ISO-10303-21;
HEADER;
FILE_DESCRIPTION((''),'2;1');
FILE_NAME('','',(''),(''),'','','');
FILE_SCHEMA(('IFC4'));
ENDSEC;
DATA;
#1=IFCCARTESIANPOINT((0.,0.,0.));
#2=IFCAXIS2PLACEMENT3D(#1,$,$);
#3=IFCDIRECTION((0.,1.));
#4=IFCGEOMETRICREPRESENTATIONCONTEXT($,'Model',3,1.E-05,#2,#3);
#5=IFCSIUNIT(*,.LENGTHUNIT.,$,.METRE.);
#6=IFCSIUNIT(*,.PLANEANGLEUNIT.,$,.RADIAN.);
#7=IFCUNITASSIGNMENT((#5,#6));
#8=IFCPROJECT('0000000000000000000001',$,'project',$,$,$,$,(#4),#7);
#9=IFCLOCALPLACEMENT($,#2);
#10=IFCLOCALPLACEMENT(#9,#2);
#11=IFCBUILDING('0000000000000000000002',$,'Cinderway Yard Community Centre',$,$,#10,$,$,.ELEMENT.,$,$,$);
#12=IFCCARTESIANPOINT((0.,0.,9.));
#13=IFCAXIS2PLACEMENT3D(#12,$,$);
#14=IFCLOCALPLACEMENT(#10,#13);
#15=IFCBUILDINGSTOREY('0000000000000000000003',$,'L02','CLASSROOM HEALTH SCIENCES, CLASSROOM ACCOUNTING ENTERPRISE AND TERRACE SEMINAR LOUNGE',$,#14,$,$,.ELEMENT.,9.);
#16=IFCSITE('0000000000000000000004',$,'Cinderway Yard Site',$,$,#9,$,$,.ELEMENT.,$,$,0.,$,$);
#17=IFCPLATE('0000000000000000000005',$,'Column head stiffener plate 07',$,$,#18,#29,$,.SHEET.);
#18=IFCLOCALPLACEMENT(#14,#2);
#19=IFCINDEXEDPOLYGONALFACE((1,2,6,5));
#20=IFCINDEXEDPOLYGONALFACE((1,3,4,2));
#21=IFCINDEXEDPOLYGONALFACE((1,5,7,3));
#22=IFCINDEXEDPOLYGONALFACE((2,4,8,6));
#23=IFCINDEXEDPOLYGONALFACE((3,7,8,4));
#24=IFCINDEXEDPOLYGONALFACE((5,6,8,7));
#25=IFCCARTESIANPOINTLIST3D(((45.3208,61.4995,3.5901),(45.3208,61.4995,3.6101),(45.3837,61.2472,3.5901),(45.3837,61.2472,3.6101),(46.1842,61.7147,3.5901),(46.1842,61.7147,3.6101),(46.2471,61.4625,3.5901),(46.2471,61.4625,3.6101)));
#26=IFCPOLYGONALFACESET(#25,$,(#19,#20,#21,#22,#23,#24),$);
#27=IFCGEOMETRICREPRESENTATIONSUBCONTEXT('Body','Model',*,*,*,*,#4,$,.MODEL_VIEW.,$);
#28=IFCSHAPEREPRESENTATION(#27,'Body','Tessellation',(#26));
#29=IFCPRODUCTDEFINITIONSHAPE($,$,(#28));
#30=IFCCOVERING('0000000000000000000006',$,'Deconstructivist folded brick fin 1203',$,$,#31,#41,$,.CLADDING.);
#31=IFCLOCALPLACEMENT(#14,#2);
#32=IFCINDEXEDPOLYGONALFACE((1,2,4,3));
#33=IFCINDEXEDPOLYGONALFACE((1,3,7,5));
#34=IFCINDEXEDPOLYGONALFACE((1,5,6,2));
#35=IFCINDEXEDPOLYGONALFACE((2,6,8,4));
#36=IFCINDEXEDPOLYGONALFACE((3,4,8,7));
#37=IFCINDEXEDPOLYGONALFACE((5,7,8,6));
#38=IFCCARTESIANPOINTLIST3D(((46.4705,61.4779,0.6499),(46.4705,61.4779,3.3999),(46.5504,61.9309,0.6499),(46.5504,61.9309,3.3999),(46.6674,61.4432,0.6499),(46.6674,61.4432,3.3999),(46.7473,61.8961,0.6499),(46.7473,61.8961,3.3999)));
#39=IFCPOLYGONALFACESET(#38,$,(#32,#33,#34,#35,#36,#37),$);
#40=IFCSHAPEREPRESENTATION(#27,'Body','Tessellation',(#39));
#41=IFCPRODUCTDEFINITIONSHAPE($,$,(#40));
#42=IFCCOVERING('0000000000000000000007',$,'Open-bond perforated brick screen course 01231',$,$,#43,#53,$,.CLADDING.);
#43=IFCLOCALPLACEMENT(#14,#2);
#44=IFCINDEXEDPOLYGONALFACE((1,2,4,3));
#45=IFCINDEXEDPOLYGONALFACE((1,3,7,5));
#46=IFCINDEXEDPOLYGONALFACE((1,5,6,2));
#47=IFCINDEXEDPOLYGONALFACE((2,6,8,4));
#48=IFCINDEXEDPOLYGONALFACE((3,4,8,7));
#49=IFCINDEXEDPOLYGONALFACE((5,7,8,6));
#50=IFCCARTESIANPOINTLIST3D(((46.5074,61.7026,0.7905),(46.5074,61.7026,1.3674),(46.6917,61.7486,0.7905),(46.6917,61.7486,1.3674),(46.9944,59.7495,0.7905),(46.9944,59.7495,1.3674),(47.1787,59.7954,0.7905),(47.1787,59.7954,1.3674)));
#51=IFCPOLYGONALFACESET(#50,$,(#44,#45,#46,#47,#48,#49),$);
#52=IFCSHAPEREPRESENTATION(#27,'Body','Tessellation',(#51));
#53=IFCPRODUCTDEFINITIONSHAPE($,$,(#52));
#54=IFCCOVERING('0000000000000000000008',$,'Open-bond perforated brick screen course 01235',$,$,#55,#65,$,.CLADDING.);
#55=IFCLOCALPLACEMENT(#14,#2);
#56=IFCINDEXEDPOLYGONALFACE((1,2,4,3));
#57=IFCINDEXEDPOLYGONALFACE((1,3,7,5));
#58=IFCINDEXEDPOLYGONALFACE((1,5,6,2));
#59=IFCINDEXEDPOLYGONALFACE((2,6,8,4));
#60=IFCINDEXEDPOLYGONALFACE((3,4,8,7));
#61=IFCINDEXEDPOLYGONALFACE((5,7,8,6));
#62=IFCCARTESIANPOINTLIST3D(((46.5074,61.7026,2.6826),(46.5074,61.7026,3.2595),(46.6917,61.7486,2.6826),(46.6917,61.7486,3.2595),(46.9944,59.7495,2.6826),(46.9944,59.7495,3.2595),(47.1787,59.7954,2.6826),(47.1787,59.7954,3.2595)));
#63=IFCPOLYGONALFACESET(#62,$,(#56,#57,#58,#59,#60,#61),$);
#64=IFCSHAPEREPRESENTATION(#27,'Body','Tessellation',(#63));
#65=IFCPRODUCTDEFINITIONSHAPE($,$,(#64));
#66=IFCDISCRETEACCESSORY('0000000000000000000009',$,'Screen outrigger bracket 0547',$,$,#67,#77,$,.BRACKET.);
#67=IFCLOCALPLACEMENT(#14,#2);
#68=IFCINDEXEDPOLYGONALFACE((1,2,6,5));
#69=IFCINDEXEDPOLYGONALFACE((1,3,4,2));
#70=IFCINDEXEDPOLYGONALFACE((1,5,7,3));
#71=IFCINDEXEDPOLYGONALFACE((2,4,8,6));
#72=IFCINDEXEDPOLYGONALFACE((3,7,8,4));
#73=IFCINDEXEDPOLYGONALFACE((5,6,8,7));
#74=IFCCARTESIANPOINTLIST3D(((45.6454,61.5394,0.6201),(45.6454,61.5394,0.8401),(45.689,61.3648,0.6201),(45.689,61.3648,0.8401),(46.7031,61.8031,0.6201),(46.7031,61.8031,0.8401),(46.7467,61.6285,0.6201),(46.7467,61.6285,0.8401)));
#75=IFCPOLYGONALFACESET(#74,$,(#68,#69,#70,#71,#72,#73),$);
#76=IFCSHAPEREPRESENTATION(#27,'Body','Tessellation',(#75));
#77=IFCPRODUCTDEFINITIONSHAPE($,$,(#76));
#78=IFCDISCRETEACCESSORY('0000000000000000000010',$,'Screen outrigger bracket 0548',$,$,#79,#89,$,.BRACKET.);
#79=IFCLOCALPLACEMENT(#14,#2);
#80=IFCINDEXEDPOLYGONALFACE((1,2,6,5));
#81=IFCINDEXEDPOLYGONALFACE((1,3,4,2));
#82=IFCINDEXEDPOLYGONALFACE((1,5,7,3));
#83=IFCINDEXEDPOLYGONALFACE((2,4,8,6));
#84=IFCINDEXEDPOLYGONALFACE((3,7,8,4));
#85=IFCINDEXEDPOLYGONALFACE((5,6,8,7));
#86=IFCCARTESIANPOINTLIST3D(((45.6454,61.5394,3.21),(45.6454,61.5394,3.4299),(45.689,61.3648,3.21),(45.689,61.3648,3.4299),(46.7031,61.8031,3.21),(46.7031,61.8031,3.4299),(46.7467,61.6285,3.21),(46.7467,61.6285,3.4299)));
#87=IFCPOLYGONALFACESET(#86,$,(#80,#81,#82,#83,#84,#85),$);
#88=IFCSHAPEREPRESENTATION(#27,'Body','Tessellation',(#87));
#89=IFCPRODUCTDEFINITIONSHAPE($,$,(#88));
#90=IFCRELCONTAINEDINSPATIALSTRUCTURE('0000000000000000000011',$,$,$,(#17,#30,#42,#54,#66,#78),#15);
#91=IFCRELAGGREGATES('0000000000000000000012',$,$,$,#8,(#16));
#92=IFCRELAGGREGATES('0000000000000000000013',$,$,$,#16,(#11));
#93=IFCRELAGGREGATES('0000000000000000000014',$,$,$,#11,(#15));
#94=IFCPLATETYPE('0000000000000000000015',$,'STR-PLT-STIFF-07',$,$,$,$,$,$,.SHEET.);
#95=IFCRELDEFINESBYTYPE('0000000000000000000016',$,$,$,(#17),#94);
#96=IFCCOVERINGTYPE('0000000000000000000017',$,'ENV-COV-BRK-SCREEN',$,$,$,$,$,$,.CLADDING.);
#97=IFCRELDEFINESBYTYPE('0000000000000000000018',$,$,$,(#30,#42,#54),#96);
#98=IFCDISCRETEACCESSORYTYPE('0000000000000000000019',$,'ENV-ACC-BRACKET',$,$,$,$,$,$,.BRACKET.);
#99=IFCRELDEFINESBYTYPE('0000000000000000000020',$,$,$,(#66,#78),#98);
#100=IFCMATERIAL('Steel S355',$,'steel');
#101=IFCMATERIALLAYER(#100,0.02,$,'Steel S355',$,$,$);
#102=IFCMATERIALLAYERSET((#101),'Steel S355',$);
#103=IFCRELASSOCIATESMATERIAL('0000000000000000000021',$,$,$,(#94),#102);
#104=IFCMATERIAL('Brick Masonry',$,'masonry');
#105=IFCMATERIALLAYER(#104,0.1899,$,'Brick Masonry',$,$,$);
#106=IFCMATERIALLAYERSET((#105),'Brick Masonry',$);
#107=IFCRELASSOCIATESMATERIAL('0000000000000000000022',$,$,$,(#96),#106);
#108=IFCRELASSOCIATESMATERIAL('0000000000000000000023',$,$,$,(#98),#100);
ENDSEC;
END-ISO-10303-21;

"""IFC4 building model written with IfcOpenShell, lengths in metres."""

from ifc_helpers import new_model, si_unit, direction, frame, origin, origin_2d, place, context, subcontext, project, spatial, rectangle, extrude, material, layer, layer_set, type_object, element, save


model = new_model("IFC4")

# Units and contexts
model_context = context("Model", 3, precision=1e-05, world=origin(), true_north=direction((0.0, 1.0)))
body_context = subcontext(model_context, "Body", "Model", "MODEL_VIEW")
ifc_project = project(units=[si_unit("LENGTHUNIT", "METRE"), si_unit("PLANEANGLEUNIT", "RADIAN")], contexts=[model_context])

# Site, building, storey
site_placement = place(None, origin())
site = spatial("IfcSite", under=ifc_project, at=site_placement, Name="Cinderway Yard Site", CompositionType="ELEMENT", RefElevation=0.0)
building_placement = place(site_placement, origin())
building = spatial("IfcBuilding", under=site, at=building_placement, Name="Cinderway Yard Community Centre", CompositionType="ELEMENT")
storey_placement = place(building_placement, frame((0.0, 0.0, 9.0)))
storey = spatial("IfcBuildingStorey", under=building, at=storey_placement, Name="L02", Description="CLASSROOM HEALTH SCIENCES, CLASSROOM ACCOUNTING ENTERPRISE AND TERRACE SEMINAR LOUNGE", CompositionType="ELEMENT", Elevation=9.0)

# Shared definitions
ifc_material_1 = material(Name="Steel S355", Category="steel")

# Plate
ifc_layer_1 = layer(ifc_material_1, 0.02, Name="Steel S355")
ifc_layer_set_1 = layer_set([ifc_layer_1], Name="Steel S355")
plate_type_1 = type_object("IfcPlateType", Name="STR-PLT-STIFF-07", PredefinedType="SHEET", material=ifc_layer_set_1)
plate_1_placement = place(storey_placement, frame((45.7839, 61.481, 3.5901), z_axis=(0.0, 0.0, 1.0), x_axis=(0.970296, 0.241922, 0.0)))
element("IfcPlate", 1, at=plate_1_placement, inside=storey, type_object=plate_type_1, Name="Column head stiffener plate 07", PredefinedType="SHEET", context=body_context, shape_type="SweptSolid", body=[
    extrude(rectangle(XDim=0.8899, YDim=0.26, at=origin_2d()), origin(), (0.0, 0.0, 1.0), 0.02),
])

# Coverings
ifc_material_2 = material(Name="Brick Masonry", Category="masonry")
ifc_layer_2 = layer(ifc_material_2, 0.1899, Name="Brick Masonry")
ifc_layer_set_2 = layer_set([ifc_layer_2], Name="Brick Masonry")
covering_type = type_object("IfcCoveringType", Name="ENV-COV-BRK-SCREEN", PredefinedType="CLADDING", material=ifc_layer_set_2)
covering_placement = place(storey_placement, frame((46.6089, 61.687, 0.6499), z_axis=(0.0, 0.0, 1.0), x_axis=(-0.173648, -0.984808, 0.0)))
element("IfcCovering", 2, at=covering_placement, inside=storey, type_object=covering_type, Name="Deconstructivist folded brick fin 1203", PredefinedType="CLADDING", context=body_context, shape_type="SweptSolid", body=[
    extrude(rectangle(XDim=0.46, YDim=0.2, at=origin_2d()), origin(), (0.0, 0.0, 1.0), 2.75),
])
for number, where, z_axis, x_axis, name in (
    (3, (46.843, 60.749, 0.7905), (0.0, 0.0, 1.0), (0.241922, -0.970296, 0.0), "Open-bond perforated brick screen course 01231"),
    (4, (46.843, 60.749, 2.6826), (0.0, 0.0, 1.0), (0.241922, -0.970296, 0.0), "Open-bond perforated brick screen course 01235"),
):
    element("IfcCovering", number, at=place(storey_placement, frame(where, z_axis=z_axis, x_axis=x_axis)), inside=storey, type_object=covering_type, Name=name, PredefinedType="CLADDING", context=body_context, shape_type="SweptSolid", body=[
        extrude(rectangle(XDim=2.0129, YDim=0.1899, at=origin_2d()), origin(), (0.0, 0.0, 1.0), 0.5769),
    ])

# Discrete accessories
discrete_accessory_type = type_object("IfcDiscreteAccessoryType", Name="ENV-ACC-BRACKET", PredefinedType="BRACKET", material=ifc_material_1)
for number, where, z_axis, x_axis, name in (
    (5, (46.196, 61.584, 0.6201), (0.0, 0.0, 1.0), (0.970296, 0.241922, 0.0), "Screen outrigger bracket 0547"),
    (6, (46.196, 61.584, 3.21), (0.0, 0.0, 1.0), (0.970296, 0.241922, 0.0), "Screen outrigger bracket 0548"),
):
    element("IfcDiscreteAccessory", number, at=place(storey_placement, frame(where, z_axis=z_axis, x_axis=x_axis)), inside=storey, type_object=discrete_accessory_type, Name=name, PredefinedType="BRACKET", context=body_context, shape_type="SweptSolid", body=[
        extrude(rectangle(XDim=1.0901, YDim=0.1799, at=origin_2d()), origin(), (0.0, 0.0, 1.0), 0.22),
    ])

save(model, "model.ifc")
